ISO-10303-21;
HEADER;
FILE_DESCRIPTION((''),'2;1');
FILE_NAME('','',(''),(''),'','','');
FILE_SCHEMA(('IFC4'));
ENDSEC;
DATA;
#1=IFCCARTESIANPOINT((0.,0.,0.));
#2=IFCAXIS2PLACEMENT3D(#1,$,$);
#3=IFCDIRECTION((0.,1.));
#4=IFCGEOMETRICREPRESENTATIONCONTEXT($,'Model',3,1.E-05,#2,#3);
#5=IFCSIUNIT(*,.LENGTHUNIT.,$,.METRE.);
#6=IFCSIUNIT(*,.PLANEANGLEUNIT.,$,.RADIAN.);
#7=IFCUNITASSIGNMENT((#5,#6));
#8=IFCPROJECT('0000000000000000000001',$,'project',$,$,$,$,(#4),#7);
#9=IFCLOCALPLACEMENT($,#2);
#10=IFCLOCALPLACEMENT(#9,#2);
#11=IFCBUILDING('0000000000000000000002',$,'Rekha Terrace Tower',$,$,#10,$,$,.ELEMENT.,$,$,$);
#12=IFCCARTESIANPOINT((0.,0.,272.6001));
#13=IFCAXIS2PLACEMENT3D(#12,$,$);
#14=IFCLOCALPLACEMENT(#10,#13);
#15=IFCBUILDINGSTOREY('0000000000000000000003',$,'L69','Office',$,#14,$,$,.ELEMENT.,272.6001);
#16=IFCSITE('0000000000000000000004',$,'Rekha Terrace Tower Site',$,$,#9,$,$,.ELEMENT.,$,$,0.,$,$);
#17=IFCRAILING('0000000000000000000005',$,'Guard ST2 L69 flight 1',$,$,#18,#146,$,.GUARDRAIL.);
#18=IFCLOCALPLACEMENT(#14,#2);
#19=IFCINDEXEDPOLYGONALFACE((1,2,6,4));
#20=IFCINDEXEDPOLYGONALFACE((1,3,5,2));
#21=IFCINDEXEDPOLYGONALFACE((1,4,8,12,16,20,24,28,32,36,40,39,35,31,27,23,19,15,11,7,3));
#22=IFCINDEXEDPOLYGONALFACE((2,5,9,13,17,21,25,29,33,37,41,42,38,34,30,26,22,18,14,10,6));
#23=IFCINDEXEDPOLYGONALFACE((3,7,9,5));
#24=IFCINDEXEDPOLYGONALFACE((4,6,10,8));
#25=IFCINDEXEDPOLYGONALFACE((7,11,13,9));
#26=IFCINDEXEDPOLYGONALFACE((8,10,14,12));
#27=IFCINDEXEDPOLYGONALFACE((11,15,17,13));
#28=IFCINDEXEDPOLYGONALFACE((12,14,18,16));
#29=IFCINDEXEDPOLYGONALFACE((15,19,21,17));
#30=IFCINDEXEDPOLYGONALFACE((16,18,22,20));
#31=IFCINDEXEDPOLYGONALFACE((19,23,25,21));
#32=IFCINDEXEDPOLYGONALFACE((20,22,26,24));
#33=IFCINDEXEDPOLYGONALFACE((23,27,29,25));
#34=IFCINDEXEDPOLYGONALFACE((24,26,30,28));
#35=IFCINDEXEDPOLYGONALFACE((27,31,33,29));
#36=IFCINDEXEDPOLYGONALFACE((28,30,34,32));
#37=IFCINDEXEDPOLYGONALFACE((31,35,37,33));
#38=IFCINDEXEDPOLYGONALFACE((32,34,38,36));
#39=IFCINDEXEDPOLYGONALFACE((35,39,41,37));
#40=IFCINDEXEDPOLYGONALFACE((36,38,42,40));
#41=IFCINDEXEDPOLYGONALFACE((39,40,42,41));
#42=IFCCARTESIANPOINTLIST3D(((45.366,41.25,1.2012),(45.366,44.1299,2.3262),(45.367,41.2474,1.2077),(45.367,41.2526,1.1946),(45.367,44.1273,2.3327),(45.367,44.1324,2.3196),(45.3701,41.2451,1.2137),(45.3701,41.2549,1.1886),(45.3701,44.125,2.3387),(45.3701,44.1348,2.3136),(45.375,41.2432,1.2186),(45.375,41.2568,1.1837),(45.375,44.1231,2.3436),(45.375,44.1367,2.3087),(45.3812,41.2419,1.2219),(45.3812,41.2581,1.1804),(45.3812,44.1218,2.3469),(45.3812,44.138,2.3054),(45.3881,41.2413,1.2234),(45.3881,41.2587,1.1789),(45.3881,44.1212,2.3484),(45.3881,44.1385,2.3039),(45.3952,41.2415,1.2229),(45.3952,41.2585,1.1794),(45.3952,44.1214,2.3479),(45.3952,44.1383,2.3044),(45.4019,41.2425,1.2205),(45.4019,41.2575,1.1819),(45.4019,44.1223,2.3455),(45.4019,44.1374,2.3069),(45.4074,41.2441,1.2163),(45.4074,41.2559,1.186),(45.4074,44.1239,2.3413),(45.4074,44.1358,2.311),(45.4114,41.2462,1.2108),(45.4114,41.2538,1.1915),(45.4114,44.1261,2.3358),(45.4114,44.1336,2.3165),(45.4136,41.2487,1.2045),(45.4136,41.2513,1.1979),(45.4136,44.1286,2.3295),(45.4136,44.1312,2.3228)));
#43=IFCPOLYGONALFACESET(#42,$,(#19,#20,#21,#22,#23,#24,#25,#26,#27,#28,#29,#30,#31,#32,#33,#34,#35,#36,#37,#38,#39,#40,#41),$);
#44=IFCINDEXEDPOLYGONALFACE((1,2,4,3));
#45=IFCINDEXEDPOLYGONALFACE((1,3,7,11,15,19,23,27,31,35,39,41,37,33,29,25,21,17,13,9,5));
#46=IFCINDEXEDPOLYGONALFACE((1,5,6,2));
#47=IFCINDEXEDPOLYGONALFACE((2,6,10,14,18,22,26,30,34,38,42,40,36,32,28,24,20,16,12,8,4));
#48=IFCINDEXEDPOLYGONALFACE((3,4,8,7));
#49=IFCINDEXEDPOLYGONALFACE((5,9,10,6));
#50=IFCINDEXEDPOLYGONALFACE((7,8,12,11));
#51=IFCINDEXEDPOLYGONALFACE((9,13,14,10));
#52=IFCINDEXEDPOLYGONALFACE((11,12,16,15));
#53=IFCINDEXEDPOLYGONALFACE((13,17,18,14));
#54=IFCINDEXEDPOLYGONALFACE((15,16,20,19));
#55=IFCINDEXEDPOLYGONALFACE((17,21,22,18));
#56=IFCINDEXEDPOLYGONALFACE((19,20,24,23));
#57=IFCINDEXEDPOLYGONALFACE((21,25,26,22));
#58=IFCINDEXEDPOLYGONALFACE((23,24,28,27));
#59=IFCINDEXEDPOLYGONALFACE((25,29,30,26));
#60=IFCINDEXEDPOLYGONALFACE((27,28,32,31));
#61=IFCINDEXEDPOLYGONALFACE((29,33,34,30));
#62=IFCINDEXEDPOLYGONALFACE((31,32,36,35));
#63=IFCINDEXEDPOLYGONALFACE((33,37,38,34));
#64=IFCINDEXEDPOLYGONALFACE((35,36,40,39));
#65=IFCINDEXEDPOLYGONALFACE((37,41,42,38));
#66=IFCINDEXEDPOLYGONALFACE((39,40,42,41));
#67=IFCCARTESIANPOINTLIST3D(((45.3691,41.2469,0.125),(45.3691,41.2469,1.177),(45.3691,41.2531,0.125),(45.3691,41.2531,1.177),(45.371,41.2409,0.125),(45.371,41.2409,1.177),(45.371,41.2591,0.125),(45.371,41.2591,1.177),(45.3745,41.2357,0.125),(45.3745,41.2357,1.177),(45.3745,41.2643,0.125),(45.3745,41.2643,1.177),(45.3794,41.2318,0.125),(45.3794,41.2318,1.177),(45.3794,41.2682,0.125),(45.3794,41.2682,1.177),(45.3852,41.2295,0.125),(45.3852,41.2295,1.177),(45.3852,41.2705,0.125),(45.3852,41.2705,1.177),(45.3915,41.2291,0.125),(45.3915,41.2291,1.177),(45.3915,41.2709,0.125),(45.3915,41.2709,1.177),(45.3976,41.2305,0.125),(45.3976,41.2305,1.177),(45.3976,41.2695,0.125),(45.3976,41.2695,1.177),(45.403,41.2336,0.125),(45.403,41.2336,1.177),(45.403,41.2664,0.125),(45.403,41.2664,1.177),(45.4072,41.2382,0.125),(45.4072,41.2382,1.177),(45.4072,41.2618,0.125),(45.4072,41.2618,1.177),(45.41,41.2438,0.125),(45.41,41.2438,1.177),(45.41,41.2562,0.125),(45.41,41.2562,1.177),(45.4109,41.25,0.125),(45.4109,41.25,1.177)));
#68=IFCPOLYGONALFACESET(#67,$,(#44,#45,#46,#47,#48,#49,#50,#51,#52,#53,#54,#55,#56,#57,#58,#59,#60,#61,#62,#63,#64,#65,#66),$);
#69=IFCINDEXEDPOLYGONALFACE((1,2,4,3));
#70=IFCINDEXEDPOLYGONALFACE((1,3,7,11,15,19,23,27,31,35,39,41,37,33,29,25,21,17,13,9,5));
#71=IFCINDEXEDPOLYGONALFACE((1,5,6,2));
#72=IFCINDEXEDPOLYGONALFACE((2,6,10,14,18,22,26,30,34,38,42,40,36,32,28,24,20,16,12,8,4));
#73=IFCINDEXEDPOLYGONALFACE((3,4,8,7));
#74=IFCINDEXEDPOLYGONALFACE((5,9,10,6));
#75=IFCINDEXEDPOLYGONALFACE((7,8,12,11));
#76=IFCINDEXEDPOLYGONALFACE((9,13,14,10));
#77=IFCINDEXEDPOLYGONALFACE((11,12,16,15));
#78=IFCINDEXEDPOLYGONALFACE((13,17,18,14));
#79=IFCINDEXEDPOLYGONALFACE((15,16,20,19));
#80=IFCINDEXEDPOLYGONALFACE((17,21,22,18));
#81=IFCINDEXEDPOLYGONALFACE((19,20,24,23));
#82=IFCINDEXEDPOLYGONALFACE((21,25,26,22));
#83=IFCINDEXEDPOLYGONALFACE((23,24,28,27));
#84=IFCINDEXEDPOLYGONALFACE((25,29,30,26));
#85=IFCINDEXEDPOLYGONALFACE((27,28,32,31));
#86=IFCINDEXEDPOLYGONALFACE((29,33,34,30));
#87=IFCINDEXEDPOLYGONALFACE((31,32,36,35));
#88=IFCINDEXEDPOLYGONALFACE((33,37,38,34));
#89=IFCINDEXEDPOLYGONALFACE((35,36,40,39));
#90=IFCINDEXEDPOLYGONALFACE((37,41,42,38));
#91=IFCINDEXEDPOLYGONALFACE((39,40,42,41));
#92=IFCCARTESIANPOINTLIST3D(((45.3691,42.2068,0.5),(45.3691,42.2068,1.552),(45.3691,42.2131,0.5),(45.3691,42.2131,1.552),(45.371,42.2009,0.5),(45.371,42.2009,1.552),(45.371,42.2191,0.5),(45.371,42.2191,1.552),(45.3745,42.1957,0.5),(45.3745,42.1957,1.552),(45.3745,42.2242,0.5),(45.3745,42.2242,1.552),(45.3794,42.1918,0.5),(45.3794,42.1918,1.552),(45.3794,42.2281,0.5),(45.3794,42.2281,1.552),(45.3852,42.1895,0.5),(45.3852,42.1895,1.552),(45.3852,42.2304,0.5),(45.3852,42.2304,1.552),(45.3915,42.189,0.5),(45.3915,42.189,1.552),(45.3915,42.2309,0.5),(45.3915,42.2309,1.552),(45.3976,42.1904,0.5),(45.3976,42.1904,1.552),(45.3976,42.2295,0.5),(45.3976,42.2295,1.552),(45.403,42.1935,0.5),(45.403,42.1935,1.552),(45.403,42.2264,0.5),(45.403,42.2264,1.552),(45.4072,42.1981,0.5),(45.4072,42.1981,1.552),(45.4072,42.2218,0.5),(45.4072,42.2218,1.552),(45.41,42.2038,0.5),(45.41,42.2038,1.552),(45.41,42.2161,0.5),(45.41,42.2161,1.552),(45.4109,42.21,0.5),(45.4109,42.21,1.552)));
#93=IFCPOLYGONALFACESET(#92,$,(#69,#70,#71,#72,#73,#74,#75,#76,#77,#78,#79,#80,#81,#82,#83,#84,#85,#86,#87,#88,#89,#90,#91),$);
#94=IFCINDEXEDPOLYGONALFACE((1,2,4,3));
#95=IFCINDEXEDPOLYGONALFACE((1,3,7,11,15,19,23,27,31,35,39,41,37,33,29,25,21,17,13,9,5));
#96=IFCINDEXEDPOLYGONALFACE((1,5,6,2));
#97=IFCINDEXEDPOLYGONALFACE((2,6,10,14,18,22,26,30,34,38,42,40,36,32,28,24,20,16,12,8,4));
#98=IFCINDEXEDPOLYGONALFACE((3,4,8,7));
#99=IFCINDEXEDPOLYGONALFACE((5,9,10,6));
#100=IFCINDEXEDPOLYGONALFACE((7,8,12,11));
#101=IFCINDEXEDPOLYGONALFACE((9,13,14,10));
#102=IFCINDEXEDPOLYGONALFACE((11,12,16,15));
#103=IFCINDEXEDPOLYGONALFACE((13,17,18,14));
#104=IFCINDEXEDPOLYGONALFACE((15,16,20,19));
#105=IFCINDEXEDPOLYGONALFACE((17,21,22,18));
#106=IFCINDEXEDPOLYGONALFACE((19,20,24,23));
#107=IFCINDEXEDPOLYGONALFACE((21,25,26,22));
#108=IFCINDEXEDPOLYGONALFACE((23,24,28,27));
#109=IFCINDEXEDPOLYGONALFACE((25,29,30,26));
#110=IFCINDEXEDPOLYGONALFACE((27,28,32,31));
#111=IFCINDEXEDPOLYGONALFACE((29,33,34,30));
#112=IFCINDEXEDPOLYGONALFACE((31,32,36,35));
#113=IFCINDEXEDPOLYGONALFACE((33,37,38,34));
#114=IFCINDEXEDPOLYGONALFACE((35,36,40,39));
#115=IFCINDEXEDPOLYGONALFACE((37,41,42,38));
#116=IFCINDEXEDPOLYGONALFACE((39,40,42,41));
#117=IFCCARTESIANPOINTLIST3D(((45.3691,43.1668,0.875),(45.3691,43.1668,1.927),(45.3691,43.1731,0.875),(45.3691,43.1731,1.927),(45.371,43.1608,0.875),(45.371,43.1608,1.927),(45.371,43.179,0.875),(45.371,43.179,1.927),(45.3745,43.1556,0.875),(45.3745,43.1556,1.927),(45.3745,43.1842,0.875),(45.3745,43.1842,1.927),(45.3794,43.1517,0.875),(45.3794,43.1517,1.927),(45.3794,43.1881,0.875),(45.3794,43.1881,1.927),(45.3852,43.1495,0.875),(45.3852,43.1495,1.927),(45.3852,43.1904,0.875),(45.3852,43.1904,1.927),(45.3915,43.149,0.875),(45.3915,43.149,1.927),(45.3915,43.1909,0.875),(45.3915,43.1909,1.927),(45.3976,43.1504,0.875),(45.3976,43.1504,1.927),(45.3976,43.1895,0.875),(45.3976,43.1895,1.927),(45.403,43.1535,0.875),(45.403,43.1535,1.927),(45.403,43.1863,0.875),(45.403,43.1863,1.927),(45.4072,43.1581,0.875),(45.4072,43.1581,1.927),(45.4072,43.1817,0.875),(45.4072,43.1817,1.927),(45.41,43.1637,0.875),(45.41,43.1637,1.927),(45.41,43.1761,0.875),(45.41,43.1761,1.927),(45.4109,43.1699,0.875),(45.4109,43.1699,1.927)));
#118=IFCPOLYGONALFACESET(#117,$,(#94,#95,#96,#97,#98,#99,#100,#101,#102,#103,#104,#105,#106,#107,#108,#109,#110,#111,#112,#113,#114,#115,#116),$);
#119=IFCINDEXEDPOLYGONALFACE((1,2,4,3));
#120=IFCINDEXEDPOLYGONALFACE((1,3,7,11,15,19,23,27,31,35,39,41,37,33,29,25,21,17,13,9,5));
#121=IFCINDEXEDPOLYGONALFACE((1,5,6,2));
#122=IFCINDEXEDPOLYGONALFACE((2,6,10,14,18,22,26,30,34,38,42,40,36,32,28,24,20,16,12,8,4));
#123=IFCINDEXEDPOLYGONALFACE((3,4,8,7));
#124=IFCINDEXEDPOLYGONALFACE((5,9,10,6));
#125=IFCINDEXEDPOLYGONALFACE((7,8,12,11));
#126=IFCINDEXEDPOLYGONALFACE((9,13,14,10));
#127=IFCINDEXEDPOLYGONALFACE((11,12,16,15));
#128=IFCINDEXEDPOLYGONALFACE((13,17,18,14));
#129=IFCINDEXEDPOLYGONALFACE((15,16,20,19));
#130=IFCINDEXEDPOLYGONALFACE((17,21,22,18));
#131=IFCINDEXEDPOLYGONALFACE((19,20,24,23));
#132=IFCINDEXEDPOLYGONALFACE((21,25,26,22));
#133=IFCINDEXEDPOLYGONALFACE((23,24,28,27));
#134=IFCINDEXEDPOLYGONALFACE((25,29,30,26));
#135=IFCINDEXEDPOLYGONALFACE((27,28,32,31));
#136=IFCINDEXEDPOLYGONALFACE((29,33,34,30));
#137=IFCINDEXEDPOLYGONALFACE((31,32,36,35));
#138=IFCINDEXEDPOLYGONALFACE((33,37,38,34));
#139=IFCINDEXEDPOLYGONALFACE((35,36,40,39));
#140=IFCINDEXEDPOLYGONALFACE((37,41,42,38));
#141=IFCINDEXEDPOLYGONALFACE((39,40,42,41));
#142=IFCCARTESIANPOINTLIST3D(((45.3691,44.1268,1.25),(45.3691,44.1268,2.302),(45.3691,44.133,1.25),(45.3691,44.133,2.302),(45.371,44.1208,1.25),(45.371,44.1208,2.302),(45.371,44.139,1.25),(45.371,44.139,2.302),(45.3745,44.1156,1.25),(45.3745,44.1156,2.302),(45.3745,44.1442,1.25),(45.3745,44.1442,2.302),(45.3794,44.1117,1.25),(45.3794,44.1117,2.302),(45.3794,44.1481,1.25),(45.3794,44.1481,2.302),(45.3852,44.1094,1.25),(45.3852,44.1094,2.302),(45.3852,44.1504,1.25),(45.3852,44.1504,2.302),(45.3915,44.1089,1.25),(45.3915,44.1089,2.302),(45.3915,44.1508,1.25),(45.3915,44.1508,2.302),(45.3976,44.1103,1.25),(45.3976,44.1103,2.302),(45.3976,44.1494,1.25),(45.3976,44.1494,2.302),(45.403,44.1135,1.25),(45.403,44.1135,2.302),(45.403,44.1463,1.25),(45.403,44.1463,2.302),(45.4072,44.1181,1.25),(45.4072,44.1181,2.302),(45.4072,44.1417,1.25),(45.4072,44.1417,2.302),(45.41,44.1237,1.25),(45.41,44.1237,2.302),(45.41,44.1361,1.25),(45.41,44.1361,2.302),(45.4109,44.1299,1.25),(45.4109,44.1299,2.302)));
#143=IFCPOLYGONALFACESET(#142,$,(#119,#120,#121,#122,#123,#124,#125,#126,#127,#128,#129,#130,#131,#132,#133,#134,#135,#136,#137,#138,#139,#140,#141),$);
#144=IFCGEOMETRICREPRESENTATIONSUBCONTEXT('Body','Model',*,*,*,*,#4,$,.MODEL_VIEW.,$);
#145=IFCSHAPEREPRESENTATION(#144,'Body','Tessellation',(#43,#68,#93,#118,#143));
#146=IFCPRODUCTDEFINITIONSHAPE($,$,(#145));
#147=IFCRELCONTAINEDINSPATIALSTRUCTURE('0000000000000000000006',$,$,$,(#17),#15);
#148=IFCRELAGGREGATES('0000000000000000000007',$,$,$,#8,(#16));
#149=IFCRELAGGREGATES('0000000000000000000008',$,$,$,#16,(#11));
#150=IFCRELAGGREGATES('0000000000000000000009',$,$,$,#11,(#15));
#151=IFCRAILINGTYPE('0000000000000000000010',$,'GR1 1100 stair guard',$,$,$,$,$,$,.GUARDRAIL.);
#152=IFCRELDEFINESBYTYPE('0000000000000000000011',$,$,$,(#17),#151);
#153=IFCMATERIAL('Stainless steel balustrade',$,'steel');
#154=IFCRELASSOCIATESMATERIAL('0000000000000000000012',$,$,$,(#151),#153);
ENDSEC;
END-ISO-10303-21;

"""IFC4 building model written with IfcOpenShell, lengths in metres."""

from ifc_helpers import new_model, si_unit, direction, frame, origin, origin_2d, place, context, subcontext, project, spatial, circle, extrude, material, type_object, element, save


model = new_model("IFC4")

# Units and contexts
model_context = context("Model", 3, precision=1e-05, world=origin(), true_north=direction((0.0, 1.0)))
body_context = subcontext(model_context, "Body", "Model", "MODEL_VIEW")
ifc_project = project(units=[si_unit("LENGTHUNIT", "METRE"), si_unit("PLANEANGLEUNIT", "RADIAN")], contexts=[model_context])

# Site, building, storey
site_placement = place(None, origin())
site = spatial("IfcSite", under=ifc_project, at=site_placement, Name="Rekha Terrace Tower Site", CompositionType="ELEMENT", RefElevation=0.0)
building_placement = place(site_placement, origin())
building = spatial("IfcBuilding", under=site, at=building_placement, Name="Rekha Terrace Tower", CompositionType="ELEMENT")
storey_placement = place(building_placement, frame((0.0, 0.0, 272.6001)))
storey = spatial("IfcBuildingStorey", under=building, at=storey_placement, Name="L69", Description="Office", CompositionType="ELEMENT", Elevation=272.6001)

# Railing
ifc_material_1 = material(Name="Stainless steel balustrade", Category="steel")
railing_type_1 = type_object("IfcRailingType", Name="GR1 1100 stair guard", PredefinedType="GUARDRAIL", material=ifc_material_1)
railing_1_placement = place(storey_placement, frame((45.3899, 41.25, 0.125)))
element("IfcRailing", 1, at=railing_1_placement, inside=storey, type_object=railing_type_1, Name="Guard ST2 L69 flight 1", PredefinedType="GUARDRAIL", context=body_context, shape_type="SweptSolid", body=[
    extrude(circle(Radius=0.0239, at=origin_2d()), frame((0.0, 0.0, 1.0762), z_axis=(0.0, 0.931452, 0.363863), x_axis=(-1.0, 0.0, 0.0)), (0.0, 0.0, 1.0), 3.0918),
    extrude(circle(Radius=0.021, at=origin_2d()), origin(), (0.0, 0.0, 1.0), 1.052),
    extrude(circle(Radius=0.021, at=origin_2d()), frame((0.0, 0.96, 0.375)), (0.0, 0.0, 1.0), 1.052),
    extrude(circle(Radius=0.021, at=origin_2d()), frame((0.0, 1.9199, 0.75)), (0.0, 0.0, 1.0), 1.052),
    extrude(circle(Radius=0.021, at=origin_2d()), frame((0.0, 2.8799, 1.125)), (0.0, 0.0, 1.0), 1.052),
])

save(model, "model.ifc")
